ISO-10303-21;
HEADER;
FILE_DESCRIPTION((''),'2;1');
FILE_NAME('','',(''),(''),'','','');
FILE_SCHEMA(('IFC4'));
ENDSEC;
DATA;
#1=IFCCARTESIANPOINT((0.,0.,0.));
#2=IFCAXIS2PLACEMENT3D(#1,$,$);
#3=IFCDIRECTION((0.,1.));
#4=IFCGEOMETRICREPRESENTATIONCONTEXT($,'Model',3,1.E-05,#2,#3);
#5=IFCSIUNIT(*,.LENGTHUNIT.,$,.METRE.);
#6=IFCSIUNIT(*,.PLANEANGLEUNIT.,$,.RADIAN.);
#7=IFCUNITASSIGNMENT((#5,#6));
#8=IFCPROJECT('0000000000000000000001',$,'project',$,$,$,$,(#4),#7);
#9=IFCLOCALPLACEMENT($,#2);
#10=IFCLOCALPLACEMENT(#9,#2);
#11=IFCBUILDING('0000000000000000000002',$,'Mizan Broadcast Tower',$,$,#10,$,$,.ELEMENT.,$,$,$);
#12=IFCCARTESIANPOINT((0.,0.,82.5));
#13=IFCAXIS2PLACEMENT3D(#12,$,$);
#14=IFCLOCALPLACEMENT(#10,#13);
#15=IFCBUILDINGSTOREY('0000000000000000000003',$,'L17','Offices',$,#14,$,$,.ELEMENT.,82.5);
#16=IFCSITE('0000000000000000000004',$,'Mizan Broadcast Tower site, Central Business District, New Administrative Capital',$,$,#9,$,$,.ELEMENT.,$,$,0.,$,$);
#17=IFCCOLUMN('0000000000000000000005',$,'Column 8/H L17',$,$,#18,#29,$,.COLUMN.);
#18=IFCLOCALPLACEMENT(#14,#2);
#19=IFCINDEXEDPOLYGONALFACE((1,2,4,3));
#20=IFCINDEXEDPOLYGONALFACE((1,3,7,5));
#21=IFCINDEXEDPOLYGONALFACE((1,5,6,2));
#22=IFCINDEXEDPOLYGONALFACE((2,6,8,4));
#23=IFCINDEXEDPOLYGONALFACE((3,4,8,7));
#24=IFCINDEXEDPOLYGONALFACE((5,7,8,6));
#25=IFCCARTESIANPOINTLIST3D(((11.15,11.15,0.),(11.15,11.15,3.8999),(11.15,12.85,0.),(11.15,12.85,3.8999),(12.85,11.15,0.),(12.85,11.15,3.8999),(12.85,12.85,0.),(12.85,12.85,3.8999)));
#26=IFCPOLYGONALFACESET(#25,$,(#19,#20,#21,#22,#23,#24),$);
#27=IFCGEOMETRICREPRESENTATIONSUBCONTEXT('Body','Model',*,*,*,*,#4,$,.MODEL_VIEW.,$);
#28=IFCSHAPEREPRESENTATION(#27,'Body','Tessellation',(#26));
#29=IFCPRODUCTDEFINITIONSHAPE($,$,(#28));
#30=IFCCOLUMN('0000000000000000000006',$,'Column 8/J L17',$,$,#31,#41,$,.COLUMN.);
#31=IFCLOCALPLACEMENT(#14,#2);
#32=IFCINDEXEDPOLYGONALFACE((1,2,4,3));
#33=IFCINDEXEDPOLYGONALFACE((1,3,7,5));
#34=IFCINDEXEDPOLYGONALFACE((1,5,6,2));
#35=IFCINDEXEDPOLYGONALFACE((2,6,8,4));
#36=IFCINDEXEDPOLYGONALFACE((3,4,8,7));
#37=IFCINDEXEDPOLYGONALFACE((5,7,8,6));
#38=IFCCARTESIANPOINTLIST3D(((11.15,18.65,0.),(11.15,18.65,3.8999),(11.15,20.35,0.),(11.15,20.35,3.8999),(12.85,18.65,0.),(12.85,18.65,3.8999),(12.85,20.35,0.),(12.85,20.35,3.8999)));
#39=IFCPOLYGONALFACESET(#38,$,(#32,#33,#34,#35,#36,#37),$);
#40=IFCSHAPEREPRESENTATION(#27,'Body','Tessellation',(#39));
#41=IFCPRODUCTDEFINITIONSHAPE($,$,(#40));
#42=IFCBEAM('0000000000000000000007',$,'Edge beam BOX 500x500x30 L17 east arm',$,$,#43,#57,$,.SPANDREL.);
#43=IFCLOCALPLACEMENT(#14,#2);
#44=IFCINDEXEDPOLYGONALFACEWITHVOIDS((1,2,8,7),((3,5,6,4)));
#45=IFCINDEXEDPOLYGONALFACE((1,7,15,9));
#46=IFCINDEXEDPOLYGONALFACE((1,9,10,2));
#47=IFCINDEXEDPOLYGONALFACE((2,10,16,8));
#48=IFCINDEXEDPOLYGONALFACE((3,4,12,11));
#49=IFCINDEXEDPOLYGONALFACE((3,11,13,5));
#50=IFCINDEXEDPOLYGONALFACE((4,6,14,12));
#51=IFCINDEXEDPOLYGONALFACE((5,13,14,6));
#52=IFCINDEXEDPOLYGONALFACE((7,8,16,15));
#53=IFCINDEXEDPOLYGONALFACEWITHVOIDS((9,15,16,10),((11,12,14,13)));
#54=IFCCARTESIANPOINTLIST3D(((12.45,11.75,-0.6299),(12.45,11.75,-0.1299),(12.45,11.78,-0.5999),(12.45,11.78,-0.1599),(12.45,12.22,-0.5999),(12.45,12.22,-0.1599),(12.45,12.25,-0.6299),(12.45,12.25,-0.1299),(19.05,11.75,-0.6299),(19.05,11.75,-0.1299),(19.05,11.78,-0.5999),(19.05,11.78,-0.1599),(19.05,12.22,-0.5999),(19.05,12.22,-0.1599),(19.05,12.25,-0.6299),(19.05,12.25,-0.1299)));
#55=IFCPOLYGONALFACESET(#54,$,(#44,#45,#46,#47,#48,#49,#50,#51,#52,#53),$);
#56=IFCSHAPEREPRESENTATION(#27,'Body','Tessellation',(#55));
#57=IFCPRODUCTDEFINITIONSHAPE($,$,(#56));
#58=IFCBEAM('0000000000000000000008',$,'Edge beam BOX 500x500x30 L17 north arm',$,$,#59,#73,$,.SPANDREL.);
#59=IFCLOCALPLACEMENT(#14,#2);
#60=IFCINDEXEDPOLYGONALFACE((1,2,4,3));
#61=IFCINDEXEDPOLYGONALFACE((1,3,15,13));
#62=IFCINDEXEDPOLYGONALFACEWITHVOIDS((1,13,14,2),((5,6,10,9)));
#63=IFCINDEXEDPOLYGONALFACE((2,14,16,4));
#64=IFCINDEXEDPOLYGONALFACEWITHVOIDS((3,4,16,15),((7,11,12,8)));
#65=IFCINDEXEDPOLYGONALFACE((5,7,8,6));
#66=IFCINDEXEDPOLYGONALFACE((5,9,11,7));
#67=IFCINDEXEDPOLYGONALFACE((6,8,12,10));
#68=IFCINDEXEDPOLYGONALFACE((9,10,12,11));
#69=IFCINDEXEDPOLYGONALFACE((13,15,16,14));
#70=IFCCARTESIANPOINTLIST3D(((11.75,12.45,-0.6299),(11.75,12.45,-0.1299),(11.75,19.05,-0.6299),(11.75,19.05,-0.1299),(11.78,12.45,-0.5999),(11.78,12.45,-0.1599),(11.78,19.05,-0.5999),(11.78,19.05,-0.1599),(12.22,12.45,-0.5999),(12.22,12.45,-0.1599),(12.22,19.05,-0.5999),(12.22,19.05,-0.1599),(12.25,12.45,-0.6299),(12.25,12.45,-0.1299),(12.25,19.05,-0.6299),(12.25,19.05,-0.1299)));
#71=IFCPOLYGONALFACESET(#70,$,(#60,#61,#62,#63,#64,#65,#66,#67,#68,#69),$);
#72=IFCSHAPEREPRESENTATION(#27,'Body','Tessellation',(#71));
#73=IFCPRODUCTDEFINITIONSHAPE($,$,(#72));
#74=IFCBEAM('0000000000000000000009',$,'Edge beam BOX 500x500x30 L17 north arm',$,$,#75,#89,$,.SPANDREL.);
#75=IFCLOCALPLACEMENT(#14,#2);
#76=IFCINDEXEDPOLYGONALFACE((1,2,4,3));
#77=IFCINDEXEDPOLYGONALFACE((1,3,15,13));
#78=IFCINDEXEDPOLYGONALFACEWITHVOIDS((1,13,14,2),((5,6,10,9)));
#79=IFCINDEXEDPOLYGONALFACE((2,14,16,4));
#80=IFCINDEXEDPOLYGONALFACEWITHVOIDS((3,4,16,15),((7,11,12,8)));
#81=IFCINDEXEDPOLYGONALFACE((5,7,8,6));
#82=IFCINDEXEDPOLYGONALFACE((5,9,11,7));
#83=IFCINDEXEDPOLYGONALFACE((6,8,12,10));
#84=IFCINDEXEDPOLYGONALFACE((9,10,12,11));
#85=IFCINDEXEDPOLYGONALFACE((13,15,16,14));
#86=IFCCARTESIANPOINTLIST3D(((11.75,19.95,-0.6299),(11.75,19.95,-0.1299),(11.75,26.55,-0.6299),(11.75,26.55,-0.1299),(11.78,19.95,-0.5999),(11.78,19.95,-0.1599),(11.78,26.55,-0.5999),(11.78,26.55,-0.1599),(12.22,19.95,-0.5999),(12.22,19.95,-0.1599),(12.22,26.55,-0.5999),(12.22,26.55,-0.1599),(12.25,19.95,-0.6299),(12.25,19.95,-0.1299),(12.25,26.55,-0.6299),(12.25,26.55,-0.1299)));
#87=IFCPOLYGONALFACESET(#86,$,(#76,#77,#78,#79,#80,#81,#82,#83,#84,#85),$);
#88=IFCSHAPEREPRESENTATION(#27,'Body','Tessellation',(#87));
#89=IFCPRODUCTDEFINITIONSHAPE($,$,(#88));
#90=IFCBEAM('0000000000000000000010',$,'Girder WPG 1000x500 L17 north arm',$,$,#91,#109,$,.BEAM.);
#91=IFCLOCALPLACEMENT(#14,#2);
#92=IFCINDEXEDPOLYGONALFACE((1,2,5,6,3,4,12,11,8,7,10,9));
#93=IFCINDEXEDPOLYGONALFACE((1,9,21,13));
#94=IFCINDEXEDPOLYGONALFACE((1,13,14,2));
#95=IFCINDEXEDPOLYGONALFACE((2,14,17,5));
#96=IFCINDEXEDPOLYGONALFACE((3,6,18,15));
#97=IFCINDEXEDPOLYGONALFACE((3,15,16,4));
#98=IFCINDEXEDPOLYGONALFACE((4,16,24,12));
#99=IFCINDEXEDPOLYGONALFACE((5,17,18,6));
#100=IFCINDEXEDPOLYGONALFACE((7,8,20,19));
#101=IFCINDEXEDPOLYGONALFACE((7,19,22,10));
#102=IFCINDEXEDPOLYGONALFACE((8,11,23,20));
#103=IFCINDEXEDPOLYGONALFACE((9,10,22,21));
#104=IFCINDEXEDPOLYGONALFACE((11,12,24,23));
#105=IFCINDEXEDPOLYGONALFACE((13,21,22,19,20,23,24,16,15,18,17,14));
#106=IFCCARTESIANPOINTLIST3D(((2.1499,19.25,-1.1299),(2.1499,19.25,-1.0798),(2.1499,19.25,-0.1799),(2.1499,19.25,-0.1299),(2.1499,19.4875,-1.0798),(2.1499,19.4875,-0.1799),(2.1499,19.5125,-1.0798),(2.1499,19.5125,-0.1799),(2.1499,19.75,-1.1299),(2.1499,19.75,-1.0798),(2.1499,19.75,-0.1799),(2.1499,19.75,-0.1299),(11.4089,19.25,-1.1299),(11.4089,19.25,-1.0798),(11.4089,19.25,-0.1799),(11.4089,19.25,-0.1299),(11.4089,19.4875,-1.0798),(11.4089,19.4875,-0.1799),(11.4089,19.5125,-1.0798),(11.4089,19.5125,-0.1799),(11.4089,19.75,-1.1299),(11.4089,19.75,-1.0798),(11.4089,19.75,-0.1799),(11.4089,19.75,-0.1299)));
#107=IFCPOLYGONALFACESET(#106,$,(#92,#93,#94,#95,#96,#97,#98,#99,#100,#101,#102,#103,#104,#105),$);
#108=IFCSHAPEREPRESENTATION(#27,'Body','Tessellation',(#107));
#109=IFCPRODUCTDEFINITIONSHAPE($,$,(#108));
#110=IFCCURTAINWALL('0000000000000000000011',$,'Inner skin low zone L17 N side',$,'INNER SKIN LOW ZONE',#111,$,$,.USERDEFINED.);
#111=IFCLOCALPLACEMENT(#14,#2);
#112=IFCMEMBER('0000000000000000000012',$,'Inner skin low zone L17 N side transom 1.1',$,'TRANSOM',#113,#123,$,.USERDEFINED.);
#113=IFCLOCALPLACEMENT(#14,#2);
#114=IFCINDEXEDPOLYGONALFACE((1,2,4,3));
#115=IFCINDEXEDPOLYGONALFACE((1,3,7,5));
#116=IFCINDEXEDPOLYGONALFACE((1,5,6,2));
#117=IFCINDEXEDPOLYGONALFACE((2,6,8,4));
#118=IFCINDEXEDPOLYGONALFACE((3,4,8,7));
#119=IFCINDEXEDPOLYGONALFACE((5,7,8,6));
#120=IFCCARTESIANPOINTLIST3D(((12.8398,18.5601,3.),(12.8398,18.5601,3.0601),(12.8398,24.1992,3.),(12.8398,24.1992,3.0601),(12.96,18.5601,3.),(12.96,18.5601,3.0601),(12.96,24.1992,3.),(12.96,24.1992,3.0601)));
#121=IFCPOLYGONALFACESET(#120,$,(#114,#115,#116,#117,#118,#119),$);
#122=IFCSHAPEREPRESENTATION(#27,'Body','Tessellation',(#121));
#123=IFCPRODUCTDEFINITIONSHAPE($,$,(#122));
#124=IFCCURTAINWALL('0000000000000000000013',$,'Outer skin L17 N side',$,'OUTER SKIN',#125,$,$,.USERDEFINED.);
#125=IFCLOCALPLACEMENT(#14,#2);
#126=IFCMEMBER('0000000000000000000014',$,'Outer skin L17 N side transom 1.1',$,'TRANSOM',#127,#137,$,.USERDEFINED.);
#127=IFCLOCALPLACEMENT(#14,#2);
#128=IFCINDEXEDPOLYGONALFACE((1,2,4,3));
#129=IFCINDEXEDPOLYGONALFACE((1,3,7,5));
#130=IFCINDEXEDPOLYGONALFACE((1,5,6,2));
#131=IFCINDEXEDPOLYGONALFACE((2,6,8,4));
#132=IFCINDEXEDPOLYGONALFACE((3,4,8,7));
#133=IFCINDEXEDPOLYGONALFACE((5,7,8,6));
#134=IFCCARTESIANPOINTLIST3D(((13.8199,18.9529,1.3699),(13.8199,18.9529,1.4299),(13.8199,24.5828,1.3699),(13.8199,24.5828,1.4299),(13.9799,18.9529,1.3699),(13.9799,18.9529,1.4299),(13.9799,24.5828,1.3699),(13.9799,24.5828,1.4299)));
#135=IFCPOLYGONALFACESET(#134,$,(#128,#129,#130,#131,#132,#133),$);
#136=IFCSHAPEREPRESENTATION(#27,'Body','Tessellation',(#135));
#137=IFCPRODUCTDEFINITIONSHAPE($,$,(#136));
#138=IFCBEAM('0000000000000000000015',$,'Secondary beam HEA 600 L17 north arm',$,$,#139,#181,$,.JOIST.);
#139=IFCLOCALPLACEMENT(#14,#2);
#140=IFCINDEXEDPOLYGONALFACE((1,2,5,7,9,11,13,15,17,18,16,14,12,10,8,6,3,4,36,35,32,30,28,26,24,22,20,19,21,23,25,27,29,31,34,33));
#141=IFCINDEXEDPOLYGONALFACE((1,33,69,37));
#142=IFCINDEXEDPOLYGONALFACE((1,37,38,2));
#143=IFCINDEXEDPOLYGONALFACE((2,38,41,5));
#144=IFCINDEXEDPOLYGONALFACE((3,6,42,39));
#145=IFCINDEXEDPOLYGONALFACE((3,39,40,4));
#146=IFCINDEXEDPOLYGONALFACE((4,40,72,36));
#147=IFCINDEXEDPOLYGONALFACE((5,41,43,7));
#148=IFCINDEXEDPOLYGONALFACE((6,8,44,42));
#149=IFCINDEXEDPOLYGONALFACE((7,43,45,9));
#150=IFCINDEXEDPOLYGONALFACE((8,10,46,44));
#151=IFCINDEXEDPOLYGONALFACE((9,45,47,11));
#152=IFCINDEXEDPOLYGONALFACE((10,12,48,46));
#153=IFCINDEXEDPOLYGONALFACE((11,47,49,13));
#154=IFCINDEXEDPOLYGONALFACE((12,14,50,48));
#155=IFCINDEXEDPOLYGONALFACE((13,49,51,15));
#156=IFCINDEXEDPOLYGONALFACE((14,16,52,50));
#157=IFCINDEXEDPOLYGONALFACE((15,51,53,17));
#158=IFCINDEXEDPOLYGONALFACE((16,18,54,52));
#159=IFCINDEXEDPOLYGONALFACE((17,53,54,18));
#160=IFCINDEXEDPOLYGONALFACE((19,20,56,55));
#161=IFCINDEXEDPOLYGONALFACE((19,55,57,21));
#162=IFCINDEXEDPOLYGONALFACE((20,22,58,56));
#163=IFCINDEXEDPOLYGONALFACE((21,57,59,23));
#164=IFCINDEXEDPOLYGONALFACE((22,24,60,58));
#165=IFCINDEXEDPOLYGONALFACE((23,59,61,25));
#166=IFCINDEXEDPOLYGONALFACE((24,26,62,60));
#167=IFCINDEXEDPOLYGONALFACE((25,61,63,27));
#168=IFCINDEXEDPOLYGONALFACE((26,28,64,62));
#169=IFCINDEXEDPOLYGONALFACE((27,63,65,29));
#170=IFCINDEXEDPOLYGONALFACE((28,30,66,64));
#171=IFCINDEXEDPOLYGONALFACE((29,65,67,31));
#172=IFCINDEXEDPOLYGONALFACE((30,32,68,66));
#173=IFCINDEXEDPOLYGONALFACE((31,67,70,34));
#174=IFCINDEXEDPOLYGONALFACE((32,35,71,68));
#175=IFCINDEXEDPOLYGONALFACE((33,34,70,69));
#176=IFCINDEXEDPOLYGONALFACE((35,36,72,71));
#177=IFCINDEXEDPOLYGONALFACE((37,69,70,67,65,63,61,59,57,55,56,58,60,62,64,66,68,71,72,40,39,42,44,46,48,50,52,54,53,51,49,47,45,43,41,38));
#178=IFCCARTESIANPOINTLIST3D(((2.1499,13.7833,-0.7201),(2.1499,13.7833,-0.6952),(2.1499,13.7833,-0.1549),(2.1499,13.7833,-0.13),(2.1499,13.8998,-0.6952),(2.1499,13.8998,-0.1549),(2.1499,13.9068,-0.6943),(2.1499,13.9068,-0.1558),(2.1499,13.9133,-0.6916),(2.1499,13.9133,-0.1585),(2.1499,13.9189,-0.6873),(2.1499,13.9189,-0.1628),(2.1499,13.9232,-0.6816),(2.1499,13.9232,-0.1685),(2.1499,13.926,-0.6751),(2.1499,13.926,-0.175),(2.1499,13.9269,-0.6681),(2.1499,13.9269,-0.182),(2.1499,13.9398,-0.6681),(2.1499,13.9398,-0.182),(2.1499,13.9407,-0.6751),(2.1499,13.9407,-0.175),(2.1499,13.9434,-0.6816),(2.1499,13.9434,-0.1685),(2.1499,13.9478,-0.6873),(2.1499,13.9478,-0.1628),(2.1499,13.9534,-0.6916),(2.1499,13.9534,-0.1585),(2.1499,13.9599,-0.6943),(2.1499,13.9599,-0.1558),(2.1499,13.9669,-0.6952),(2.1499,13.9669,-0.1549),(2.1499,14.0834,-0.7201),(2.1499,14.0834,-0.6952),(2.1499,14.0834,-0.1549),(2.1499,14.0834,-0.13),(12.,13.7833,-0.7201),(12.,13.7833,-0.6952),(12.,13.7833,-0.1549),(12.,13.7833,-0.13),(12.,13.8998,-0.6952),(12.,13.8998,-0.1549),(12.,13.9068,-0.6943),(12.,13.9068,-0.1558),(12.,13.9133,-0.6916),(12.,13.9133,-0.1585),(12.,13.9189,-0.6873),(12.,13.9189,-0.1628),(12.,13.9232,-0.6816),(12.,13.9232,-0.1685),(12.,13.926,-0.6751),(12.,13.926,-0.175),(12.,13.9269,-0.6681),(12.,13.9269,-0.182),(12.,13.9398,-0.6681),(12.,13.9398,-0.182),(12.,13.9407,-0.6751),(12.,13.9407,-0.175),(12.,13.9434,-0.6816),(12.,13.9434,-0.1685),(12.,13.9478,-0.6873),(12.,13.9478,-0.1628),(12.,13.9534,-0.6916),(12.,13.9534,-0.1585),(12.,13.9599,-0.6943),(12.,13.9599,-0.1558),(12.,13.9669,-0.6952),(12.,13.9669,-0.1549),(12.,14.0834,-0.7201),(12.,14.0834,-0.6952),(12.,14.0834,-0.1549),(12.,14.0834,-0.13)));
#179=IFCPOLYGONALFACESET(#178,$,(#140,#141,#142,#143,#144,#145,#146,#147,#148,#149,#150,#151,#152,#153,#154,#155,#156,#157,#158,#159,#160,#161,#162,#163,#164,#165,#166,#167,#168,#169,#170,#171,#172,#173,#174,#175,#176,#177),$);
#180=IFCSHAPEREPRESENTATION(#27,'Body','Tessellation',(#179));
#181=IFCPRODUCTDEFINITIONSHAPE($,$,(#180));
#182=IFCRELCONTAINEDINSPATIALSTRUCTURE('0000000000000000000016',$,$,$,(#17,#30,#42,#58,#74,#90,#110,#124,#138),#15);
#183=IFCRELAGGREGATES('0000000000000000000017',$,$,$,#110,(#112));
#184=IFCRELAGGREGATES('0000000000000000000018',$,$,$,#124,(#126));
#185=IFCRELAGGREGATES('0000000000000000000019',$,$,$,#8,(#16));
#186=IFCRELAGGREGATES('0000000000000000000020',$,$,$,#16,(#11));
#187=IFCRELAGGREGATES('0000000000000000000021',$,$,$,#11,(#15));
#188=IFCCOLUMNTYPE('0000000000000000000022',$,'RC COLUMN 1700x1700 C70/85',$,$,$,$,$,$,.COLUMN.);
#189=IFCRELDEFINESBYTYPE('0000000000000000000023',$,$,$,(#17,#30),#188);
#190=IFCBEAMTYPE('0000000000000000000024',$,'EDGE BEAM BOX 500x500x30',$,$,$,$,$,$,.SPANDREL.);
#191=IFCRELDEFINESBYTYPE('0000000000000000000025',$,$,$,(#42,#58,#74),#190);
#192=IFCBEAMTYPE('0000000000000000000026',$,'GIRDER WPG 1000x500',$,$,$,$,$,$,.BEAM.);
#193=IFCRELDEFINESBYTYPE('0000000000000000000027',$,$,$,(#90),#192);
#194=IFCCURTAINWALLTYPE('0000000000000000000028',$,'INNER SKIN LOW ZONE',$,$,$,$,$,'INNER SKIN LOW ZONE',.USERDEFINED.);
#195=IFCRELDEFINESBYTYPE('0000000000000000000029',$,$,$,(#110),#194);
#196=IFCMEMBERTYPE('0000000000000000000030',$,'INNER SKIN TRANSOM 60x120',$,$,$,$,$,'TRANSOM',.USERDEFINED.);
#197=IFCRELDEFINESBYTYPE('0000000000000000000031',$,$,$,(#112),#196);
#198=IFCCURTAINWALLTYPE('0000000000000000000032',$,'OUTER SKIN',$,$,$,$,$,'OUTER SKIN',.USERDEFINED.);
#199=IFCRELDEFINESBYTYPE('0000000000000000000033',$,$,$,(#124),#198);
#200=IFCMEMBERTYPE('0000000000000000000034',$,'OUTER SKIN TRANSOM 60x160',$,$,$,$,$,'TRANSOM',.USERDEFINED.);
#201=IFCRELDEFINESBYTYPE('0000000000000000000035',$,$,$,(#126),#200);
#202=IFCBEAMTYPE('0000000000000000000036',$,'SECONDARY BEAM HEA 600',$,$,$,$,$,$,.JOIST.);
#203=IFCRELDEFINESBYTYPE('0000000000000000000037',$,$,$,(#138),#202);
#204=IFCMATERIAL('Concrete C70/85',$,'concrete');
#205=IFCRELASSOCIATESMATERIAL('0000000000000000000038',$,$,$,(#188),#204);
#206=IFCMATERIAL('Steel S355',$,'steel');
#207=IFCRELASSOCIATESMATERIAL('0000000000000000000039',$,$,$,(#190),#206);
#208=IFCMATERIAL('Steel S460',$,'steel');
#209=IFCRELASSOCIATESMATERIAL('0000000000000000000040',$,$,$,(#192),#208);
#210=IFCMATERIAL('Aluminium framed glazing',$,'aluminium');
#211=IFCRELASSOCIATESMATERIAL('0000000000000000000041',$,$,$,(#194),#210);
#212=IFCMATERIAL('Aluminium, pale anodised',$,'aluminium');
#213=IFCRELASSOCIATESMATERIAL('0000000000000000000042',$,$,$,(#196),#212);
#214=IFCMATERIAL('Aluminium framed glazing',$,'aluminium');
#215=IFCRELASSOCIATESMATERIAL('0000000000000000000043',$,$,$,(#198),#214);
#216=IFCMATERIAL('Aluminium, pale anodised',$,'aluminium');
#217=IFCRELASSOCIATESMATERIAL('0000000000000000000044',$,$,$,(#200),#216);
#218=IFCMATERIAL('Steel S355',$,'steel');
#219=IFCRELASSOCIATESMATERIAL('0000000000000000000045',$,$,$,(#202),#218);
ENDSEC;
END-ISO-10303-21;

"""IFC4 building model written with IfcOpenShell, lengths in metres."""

from ifc_helpers import new_model, si_unit, direction, frame, origin, origin_2d, place, context, subcontext, project, spatial, rectangle, hollow_rectangle, i_section, extrude, material, material_profile, profile_set, type_object, element, aggregate, save


model = new_model("IFC4")

# Units and contexts
model_context = context("Model", 3, precision=1e-05, world=origin(), true_north=direction((0.0, 1.0)))
body_context = subcontext(model_context, "Body", "Model", "MODEL_VIEW")
ifc_project = project(units=[si_unit("LENGTHUNIT", "METRE"), si_unit("PLANEANGLEUNIT", "RADIAN")], contexts=[model_context])

# Site, building, storey
site_placement = place(None, origin())
site = spatial("IfcSite", under=ifc_project, at=site_placement, Name="Mizan Broadcast Tower site, Central Business District, New Administrative Capital", CompositionType="ELEMENT", RefElevation=0.0)
building_placement = place(site_placement, origin())
building = spatial("IfcBuilding", under=site, at=building_placement, Name="Mizan Broadcast Tower", CompositionType="ELEMENT")
storey_placement = place(building_placement, frame((0.0, 0.0, 82.5)))
storey = spatial("IfcBuildingStorey", under=building, at=storey_placement, Name="L17", Description="Offices", CompositionType="ELEMENT", Elevation=82.5)

# Columns
ifc_material_1 = material(Name="Concrete C70/85", Category="concrete")
ifc_material_profile_1 = material_profile(ifc_material_1, rectangle(XDim=1.7, YDim=1.7, at=origin_2d()), Name="RC 1700x1700")
ifc_profile_set_1 = profile_set([ifc_material_profile_1], Name="Concrete C70/85")
column_type = type_object("IfcColumnType", Name="RC COLUMN 1700x1700 C70/85", PredefinedType="COLUMN", material=ifc_profile_set_1)
for number, where, z_axis, x_axis, name in (
    (1, (12.0, 12.0, 0.0), (0.0, 0.0, 1.0), (1.0, 0.0, 0.0), "Column 8/H L17"),
    (2, (12.0, 19.5, 0.0), (0.0, 0.0, 1.0), (1.0, 0.0, 0.0), "Column 8/J L17"),
):
    element("IfcColumn", number, at=place(storey_placement, frame(where, z_axis=z_axis, x_axis=x_axis)), inside=storey, type_object=column_type, Name=name, PredefinedType="COLUMN", context=body_context, shape_type="SweptSolid", body=[
        extrude(rectangle(XDim=1.7, YDim=1.7, at=origin_2d()), origin(), (0.0, 0.0, 1.0), 3.8999),
    ])

# Beams
ifc_material_2 = material(Name="Steel S355", Category="steel")
ifc_material_profile_2 = material_profile(ifc_material_2, hollow_rectangle(XDim=0.5, YDim=0.5, WallThickness=0.03, at=origin_2d()), Name="BOX 500x500x30")
ifc_profile_set_2 = profile_set([ifc_material_profile_2], Name="Steel S355")
beam_type_1 = type_object("IfcBeamType", Name="EDGE BEAM BOX 500x500x30", PredefinedType="SPANDREL", material=ifc_profile_set_2)
for number, where, z_axis, x_axis, name in (
    (3, (12.45, 12.0, -0.3799), (1.0, 0.0, 0.0), (0.0, 1.0, 0.0), "Edge beam BOX 500x500x30 L17 east arm"),
    (4, (12.0, 12.45, -0.3799), (0.0, 1.0, 0.0), (-1.0, 0.0, 0.0), "Edge beam BOX 500x500x30 L17 north arm"),
    (5, (12.0, 19.95, -0.3799), (0.0, 1.0, 0.0), (-1.0, 0.0, 0.0), "Edge beam BOX 500x500x30 L17 north arm"),
):
    element("IfcBeam", number, at=place(storey_placement, frame(where, z_axis=z_axis, x_axis=x_axis)), inside=storey, type_object=beam_type_1, Name=name, PredefinedType="SPANDREL", context=body_context, shape_type="SweptSolid", body=[
        extrude(hollow_rectangle(XDim=0.5, YDim=0.5, WallThickness=0.03, at=origin_2d()), origin(), (0.0, 0.0, 1.0), 6.6001),
    ])
ifc_material_3 = material(Name="Steel S460", Category="steel")
ifc_material_profile_3 = material_profile(ifc_material_3, i_section(OverallWidth=0.5, OverallDepth=1.0, WebThickness=0.0249, FlangeThickness=0.05, at=origin_2d()), Name="WPG 1000x500")
ifc_profile_set_3 = profile_set([ifc_material_profile_3], Name="Steel S460")
beam_type_2 = type_object("IfcBeamType", Name="GIRDER WPG 1000x500", PredefinedType="BEAM", material=ifc_profile_set_3)
beam_1_placement = place(storey_placement, frame((11.4089, 19.5, -0.6299), z_axis=(-1.0, 0.0, 0.0), x_axis=(0.0, -1.0, 0.0)))
element("IfcBeam", 6, at=beam_1_placement, inside=storey, type_object=beam_type_2, Name="Girder WPG 1000x500 L17 north arm", PredefinedType="BEAM", context=body_context, shape_type="SweptSolid", body=[
    extrude(i_section(OverallWidth=0.5, OverallDepth=1.0, WebThickness=0.0249, FlangeThickness=0.05, at=origin_2d()), origin(), (0.0, 0.0, 1.0), 9.259),
])

# Curtain walls, members
ifc_material_4 = material(Name="Aluminium framed glazing", Category="aluminium")
curtain_wall_type_1 = type_object("IfcCurtainWallType", Name="INNER SKIN LOW ZONE", ElementType="INNER SKIN LOW ZONE", PredefinedType="USERDEFINED", material=ifc_material_4)
curtain_wall_1_placement = place(storey_placement, origin())
curtain_wall_1 = element("IfcCurtainWall", 7, at=curtain_wall_1_placement, inside=storey, type_object=curtain_wall_type_1, Name="Inner skin low zone L17 N side", ObjectType="INNER SKIN LOW ZONE", PredefinedType="USERDEFINED")
ifc_material_5 = material(Name="Aluminium, pale anodised", Category="aluminium")
ifc_material_profile_4 = material_profile(ifc_material_5, rectangle(XDim=0.1201, YDim=0.0601, at=origin_2d()), Name="TRANSOM 120x60")
ifc_profile_set_4 = profile_set([ifc_material_profile_4], Name="Aluminium, pale anodised")
member_type_1 = type_object("IfcMemberType", Name="INNER SKIN TRANSOM 60x120", ElementType="TRANSOM", PredefinedType="USERDEFINED", material=ifc_profile_set_4)
member_1_placement = place(storey_placement, frame((12.8999, 18.5601, 3.03), z_axis=(0.0, 1.0, 0.0), x_axis=(-1.0, 0.0, 0.0)))
member_1 = element("IfcMember", 8, at=member_1_placement, type_object=member_type_1, Name="Inner skin low zone L17 N side transom 1.1", ObjectType="TRANSOM", PredefinedType="USERDEFINED", context=body_context, shape_type="SweptSolid", body=[
    extrude(rectangle(XDim=0.1201, YDim=0.0601, at=origin_2d()), origin(), (0.0, 0.0, 1.0), 5.6392),
])
ifc_material_6 = material(Name="Aluminium framed glazing", Category="aluminium")
curtain_wall_type_2 = type_object("IfcCurtainWallType", Name="OUTER SKIN", ElementType="OUTER SKIN", PredefinedType="USERDEFINED", material=ifc_material_6)
curtain_wall_2_placement = place(storey_placement, origin())
curtain_wall_2 = element("IfcCurtainWall", 9, at=curtain_wall_2_placement, inside=storey, type_object=curtain_wall_type_2, Name="Outer skin L17 N side", ObjectType="OUTER SKIN", PredefinedType="USERDEFINED")
ifc_material_7 = material(Name="Aluminium, pale anodised", Category="aluminium")
ifc_material_profile_5 = material_profile(ifc_material_7, rectangle(XDim=0.1599, YDim=0.0601, at=origin_2d()), Name="TRANSOM 160x60")
ifc_profile_set_5 = profile_set([ifc_material_profile_5], Name="Aluminium, pale anodised")
member_type_2 = type_object("IfcMemberType", Name="OUTER SKIN TRANSOM 60x160", ElementType="TRANSOM", PredefinedType="USERDEFINED", material=ifc_profile_set_5)
member_2_placement = place(storey_placement, frame((13.8999, 18.9529, 1.3999), z_axis=(0.0, 1.0, 0.0), x_axis=(-1.0, 0.0, 0.0)))
member_2 = element("IfcMember", 10, at=member_2_placement, type_object=member_type_2, Name="Outer skin L17 N side transom 1.1", ObjectType="TRANSOM", PredefinedType="USERDEFINED", context=body_context, shape_type="SweptSolid", body=[
    extrude(rectangle(XDim=0.1599, YDim=0.0601, at=origin_2d()), origin(), (0.0, 0.0, 1.0), 5.6299),
])

# Beam
ifc_material_8 = material(Name="Steel S355", Category="steel")
ifc_material_profile_6 = material_profile(ifc_material_8, i_section(OverallWidth=0.3, OverallDepth=0.5901, WebThickness=0.0129, FlangeThickness=0.0249, FilletRadius=0.0271, at=origin_2d()), Name="HEA 600")
ifc_profile_set_6 = profile_set([ifc_material_profile_6], Name="Steel S355")
beam_type_3 = type_object("IfcBeamType", Name="SECONDARY BEAM HEA 600", PredefinedType="JOIST", material=ifc_profile_set_6)
for number, where, z_axis, x_axis, name in (
    (11, (12.0, 13.9333, -0.425), (-1.0, 0.0, 0.0), (0.0, -1.0, 0.0), "Secondary beam HEA 600 L17 north arm"),
):
    element("IfcBeam", number, at=place(storey_placement, frame(where, z_axis=z_axis, x_axis=x_axis)), inside=storey, type_object=beam_type_3, Name=name, PredefinedType="JOIST", context=body_context, shape_type="SweptSolid", body=[
        extrude(i_section(OverallWidth=0.3, OverallDepth=0.5901, WebThickness=0.0129, FlangeThickness=0.0249, FilletRadius=0.0271, at=origin_2d()), origin(), (0.0, 0.0, 1.0), 9.8501),
    ])

aggregate(curtain_wall_1, [member_1])
aggregate(curtain_wall_2, [member_2])

save(model, "model.ifc")
